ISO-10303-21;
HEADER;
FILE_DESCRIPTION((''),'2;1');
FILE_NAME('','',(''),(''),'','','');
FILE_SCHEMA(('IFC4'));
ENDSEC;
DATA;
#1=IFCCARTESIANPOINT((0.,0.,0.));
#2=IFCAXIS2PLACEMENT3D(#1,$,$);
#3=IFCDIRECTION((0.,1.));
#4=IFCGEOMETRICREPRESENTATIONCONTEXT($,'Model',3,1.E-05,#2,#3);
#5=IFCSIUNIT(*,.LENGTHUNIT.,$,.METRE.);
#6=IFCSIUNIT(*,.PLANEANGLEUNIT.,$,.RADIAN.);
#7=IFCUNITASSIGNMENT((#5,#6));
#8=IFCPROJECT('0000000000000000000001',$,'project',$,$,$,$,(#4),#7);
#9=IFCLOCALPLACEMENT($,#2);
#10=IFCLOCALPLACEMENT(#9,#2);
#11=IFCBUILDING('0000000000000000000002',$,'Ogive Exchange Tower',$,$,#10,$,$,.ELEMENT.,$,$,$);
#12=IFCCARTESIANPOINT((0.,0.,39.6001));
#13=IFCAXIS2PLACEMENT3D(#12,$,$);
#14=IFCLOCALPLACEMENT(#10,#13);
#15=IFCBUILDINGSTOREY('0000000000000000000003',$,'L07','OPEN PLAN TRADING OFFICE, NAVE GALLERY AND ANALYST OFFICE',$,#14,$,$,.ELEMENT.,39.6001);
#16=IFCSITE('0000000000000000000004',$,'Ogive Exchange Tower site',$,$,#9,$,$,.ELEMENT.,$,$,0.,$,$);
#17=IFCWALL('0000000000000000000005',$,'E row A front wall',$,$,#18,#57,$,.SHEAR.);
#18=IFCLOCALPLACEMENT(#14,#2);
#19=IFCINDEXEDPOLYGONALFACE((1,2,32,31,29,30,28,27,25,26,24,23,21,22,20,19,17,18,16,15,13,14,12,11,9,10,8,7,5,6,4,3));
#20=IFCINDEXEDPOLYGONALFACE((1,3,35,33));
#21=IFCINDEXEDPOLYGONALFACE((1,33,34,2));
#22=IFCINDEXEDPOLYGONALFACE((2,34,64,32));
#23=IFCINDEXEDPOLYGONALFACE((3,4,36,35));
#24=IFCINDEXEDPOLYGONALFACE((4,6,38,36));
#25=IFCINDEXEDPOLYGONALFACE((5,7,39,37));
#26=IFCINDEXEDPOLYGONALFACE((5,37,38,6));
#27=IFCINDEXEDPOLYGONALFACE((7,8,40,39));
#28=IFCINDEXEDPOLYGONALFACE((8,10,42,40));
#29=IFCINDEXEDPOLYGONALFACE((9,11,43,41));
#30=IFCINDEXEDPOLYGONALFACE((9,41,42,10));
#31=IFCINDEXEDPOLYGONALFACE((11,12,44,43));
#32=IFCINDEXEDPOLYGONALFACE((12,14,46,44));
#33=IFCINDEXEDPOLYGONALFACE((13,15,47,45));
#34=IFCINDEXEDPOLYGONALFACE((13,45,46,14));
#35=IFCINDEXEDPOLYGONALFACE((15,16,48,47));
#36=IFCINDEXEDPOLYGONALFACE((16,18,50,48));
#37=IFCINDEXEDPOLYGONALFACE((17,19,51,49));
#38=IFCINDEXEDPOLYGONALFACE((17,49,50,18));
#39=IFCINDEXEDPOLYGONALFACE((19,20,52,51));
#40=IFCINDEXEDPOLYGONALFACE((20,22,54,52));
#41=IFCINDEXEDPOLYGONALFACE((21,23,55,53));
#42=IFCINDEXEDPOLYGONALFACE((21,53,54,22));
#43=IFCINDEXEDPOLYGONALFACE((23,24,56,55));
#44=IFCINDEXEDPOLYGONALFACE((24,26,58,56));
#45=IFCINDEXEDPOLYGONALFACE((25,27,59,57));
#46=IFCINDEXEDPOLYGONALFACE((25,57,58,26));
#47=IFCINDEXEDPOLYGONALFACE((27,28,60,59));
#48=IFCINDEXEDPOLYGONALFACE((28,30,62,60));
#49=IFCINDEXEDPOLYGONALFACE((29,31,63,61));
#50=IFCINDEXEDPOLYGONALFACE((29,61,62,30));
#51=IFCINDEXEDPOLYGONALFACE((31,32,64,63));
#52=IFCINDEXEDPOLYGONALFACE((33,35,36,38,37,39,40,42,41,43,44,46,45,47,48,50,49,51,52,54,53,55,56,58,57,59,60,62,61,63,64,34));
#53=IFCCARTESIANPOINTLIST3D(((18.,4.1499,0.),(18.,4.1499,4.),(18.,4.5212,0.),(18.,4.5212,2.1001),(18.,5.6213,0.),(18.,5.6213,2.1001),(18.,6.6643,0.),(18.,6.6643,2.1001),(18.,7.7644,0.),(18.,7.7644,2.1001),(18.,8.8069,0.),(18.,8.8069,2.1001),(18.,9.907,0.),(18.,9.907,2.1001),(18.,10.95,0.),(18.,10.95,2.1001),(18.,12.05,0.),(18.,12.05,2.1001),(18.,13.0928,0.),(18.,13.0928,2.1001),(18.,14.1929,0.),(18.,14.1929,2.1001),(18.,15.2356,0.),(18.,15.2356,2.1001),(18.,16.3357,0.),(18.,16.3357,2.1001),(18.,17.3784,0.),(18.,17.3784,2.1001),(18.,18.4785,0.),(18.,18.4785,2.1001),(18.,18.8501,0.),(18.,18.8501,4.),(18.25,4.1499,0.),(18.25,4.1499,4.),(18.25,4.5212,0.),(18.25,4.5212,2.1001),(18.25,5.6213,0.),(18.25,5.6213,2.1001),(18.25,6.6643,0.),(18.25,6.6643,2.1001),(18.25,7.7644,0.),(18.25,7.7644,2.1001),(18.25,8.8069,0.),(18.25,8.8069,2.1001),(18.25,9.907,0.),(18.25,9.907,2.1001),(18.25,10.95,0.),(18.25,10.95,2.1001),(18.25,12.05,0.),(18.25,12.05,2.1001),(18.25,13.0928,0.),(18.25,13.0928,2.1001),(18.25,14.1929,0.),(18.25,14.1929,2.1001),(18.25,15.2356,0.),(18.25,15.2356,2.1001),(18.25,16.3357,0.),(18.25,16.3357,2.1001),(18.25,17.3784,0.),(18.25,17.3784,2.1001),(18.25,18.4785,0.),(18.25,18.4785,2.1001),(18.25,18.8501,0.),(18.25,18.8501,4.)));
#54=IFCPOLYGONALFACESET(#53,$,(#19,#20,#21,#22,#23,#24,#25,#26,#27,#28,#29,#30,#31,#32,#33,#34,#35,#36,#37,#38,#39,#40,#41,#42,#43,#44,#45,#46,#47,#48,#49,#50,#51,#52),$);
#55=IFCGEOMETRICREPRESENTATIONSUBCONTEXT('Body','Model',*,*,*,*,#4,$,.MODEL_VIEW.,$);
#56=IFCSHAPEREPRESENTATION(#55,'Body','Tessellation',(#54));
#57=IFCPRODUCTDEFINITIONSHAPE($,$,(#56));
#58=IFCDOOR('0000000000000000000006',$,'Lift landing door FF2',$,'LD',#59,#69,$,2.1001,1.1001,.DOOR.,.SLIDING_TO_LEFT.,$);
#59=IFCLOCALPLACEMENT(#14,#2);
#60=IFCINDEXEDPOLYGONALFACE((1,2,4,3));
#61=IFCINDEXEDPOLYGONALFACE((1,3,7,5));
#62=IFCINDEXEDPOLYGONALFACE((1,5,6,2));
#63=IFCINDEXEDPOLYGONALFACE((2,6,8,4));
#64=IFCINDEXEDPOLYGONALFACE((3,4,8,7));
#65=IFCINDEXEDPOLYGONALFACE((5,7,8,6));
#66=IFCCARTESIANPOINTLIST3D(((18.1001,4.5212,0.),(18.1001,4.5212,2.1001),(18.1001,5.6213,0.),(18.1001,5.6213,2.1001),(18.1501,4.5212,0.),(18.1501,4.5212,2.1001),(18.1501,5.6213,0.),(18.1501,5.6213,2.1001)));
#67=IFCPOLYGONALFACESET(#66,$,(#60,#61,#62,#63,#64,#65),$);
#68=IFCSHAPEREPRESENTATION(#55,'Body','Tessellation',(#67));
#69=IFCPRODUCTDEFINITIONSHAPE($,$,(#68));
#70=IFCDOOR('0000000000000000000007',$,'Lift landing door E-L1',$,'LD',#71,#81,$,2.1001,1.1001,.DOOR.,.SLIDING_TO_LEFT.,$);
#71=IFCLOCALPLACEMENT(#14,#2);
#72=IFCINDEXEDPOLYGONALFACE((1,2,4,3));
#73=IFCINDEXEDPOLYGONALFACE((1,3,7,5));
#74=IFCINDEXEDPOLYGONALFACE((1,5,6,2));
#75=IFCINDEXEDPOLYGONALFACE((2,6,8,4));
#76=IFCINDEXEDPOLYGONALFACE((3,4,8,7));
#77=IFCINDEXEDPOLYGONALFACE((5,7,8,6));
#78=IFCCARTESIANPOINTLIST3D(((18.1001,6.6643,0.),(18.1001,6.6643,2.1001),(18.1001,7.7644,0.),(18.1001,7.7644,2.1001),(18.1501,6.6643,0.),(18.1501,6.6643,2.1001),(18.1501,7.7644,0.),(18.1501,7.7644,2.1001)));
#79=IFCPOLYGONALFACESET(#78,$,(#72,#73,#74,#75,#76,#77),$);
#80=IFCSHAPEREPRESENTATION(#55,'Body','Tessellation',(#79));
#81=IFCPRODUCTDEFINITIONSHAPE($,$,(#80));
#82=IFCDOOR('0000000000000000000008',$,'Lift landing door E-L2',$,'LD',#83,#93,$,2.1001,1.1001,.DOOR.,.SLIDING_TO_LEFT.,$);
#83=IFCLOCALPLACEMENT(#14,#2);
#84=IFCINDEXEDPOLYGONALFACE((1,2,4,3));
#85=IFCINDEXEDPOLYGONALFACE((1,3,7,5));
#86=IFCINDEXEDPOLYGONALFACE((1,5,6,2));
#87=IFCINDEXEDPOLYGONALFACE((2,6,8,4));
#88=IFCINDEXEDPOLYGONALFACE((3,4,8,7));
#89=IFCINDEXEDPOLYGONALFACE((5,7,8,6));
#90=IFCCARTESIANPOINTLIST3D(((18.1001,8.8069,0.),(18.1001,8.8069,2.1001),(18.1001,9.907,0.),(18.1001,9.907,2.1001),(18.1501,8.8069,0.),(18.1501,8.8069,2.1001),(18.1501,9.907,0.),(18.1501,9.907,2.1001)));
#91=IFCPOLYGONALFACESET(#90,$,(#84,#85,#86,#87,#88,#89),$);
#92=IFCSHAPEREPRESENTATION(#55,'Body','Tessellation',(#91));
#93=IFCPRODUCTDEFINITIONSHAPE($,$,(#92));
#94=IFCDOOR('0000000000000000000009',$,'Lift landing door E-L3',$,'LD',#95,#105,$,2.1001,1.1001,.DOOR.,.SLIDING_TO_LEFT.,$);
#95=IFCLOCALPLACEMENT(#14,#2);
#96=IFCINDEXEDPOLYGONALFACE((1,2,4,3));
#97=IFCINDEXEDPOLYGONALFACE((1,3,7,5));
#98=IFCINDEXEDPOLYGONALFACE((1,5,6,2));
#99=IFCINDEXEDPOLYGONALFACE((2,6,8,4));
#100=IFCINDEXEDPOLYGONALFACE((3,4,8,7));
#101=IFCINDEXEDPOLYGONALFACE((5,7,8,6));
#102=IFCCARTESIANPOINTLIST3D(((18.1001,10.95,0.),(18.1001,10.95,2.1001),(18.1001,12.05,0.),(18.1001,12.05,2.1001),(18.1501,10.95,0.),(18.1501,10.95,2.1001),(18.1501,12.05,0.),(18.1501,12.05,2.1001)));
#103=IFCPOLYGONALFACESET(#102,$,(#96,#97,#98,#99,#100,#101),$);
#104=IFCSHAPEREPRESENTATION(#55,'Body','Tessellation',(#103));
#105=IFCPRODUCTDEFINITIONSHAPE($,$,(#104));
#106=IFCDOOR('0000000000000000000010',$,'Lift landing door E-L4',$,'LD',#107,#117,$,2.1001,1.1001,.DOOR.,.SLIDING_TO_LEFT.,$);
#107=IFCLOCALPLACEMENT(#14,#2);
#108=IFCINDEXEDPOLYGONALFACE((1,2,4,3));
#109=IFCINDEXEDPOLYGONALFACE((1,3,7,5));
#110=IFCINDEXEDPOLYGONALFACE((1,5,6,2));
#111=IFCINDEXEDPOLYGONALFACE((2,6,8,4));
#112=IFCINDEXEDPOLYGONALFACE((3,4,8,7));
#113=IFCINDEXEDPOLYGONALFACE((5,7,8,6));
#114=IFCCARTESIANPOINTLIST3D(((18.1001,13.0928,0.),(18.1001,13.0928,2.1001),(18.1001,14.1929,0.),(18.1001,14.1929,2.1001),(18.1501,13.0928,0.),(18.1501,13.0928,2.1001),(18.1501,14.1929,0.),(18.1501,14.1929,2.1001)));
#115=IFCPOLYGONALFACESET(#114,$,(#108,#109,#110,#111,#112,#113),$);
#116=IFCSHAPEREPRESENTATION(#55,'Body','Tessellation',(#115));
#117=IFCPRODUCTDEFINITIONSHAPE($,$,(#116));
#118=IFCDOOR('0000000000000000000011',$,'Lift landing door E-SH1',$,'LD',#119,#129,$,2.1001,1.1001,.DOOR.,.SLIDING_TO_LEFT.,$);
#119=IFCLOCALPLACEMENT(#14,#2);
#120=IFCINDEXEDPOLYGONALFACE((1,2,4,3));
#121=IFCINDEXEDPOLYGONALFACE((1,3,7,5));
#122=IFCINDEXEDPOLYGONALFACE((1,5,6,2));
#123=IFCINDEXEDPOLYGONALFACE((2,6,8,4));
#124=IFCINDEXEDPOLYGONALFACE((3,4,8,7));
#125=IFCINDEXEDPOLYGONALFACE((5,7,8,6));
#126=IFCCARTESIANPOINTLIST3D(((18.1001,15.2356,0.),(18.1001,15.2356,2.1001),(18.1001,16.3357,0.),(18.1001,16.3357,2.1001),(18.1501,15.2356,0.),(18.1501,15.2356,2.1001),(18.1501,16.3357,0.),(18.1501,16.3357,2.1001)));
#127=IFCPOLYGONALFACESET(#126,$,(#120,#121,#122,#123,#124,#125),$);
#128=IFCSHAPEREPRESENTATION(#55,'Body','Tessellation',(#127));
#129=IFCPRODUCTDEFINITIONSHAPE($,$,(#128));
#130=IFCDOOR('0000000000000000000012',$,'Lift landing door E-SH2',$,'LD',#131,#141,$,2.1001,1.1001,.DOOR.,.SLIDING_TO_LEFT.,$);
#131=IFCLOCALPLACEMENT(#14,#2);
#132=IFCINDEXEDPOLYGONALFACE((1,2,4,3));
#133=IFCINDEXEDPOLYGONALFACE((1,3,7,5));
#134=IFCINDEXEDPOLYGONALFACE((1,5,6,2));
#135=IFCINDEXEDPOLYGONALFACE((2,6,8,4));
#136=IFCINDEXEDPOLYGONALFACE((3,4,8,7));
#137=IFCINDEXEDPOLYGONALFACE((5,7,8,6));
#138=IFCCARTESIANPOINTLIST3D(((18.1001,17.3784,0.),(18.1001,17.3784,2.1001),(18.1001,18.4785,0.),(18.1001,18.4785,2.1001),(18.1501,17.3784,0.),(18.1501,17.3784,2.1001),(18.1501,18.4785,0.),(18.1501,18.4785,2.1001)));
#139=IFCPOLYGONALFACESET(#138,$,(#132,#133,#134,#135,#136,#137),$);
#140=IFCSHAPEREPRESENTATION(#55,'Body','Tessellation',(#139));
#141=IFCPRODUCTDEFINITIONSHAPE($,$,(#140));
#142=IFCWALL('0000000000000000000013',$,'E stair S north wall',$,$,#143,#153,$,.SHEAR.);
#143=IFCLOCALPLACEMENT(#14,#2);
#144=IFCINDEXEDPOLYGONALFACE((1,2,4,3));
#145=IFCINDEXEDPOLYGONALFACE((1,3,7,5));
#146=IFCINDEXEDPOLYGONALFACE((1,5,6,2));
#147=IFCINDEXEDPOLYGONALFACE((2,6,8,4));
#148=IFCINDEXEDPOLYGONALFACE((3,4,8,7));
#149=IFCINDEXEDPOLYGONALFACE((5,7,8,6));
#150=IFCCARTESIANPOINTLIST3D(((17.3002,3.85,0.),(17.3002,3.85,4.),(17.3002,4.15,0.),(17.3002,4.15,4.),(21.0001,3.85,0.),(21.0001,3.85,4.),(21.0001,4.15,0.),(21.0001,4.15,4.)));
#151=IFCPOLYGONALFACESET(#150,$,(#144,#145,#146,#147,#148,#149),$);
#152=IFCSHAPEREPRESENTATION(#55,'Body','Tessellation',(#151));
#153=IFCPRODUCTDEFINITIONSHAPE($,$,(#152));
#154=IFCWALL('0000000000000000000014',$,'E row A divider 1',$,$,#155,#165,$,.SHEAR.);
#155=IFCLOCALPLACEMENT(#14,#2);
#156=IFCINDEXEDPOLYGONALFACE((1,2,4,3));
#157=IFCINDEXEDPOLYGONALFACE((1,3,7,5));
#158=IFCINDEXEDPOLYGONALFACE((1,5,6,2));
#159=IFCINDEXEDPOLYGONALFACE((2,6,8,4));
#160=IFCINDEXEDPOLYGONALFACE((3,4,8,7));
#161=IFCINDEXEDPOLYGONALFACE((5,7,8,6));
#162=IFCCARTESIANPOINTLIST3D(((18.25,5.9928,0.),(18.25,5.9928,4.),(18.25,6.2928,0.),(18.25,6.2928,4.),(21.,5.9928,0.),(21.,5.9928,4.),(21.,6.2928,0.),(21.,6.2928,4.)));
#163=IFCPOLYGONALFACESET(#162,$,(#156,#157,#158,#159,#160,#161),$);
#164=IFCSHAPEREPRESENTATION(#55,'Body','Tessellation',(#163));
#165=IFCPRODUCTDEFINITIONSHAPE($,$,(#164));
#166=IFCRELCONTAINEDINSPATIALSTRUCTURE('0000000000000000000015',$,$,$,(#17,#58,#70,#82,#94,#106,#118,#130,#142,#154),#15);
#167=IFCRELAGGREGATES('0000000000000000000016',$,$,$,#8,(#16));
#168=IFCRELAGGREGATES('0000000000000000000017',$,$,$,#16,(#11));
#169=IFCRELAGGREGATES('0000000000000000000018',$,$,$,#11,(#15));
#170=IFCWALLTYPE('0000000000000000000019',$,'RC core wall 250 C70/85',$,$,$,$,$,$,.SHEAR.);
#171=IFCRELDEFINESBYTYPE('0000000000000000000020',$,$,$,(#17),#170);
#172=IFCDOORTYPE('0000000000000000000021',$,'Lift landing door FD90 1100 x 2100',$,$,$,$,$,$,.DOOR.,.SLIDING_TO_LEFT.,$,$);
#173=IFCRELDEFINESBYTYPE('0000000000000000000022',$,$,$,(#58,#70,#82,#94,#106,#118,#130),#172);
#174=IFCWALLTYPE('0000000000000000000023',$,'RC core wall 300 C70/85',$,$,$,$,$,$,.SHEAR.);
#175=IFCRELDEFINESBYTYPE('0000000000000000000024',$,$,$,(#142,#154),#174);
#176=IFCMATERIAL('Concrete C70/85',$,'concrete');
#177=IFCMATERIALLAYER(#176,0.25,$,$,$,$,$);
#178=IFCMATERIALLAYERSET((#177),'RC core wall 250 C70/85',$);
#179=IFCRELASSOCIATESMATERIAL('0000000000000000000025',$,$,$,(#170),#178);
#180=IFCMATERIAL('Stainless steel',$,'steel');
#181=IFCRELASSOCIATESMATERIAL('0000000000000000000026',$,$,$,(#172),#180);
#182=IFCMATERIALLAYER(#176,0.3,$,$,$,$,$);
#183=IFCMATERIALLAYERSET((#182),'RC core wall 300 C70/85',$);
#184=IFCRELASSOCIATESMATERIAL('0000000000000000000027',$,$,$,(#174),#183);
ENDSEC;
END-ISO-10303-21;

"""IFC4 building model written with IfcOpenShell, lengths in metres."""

from ifc_helpers import new_model, si_unit, direction, frame, frame_2d, origin, place, context, subcontext, project, spatial, rectangle, extrude, material, layer, layer_set, type_object, element, fill, save


model = new_model("IFC4")

# Units and contexts
model_context = context("Model", 3, precision=1e-05, world=origin(), true_north=direction((0.0, 1.0)))
body_context = subcontext(model_context, "Body", "Model", "MODEL_VIEW")
ifc_project = project(units=[si_unit("LENGTHUNIT", "METRE"), si_unit("PLANEANGLEUNIT", "RADIAN")], contexts=[model_context])

# Site, building, storey
site_placement = place(None, origin())
site = spatial("IfcSite", under=ifc_project, at=site_placement, Name="Ogive Exchange Tower site", CompositionType="ELEMENT", RefElevation=0.0)
building_placement = place(site_placement, origin())
building = spatial("IfcBuilding", under=site, at=building_placement, Name="Ogive Exchange Tower", CompositionType="ELEMENT")
storey_placement = place(building_placement, frame((0.0, 0.0, 39.6001)))
storey = spatial("IfcBuildingStorey", under=building, at=storey_placement, Name="L07", Description="OPEN PLAN TRADING OFFICE, NAVE GALLERY AND ANALYST OFFICE", CompositionType="ELEMENT", Elevation=39.6001)

# Shared definitions
ifc_material_1 = material(Name="Concrete C70/85", Category="concrete")

# Wall, openings, doors
ifc_layer_1 = layer(ifc_material_1, 0.25)
ifc_layer_set_1 = layer_set([ifc_layer_1], Name="RC core wall 250 C70/85")
wall_type_1 = type_object("IfcWallType", Name="RC core wall 250 C70/85", PredefinedType="SHEAR", material=ifc_layer_set_1)
wall_1_placement = place(storey_placement, frame((18.125, 4.1499, 0.0), z_axis=(0.0, 0.0, 1.0), x_axis=(0.0, 1.0, 0.0)))
wall_1 = element("IfcWall", 1, at=wall_1_placement, inside=storey, type_object=wall_type_1, Name="E row A front wall", PredefinedType="SHEAR", context=body_context, shape_type="SweptSolid", body=[
    extrude(rectangle(XDim=14.7002, YDim=0.25, at=frame_2d((7.3501, 0.0))), origin(), (0.0, 0.0, 1.0), 4.0),
])
opening_1_placement = place(wall_1_placement, frame((0.3713, 0.0, 0.0)))
opening_1 = element("IfcOpeningElement", 2, at=opening_1_placement, cuts=wall_1, PredefinedType="OPENING", context=body_context, shape_type="SweptSolid", body=[
    extrude(rectangle(XDim=1.1001, YDim=2.1001, at=frame_2d((0.55, 1.05))), frame((0.0, 0.135, 0.0), z_axis=(0.0, -1.0, 0.0), x_axis=(1.0, 0.0, 0.0)), (0.0, 0.0, 1.0), 0.27),
])
opening_2_placement = place(wall_1_placement, frame((2.5144, 0.0, 0.0)))
opening_2 = element("IfcOpeningElement", 3, at=opening_2_placement, cuts=wall_1, PredefinedType="OPENING", context=body_context, shape_type="SweptSolid", body=[
    extrude(rectangle(XDim=1.1001, YDim=2.1001, at=frame_2d((0.55, 1.05))), frame((0.0, 0.135, 0.0), z_axis=(0.0, -1.0, 0.0), x_axis=(1.0, 0.0, 0.0)), (0.0, 0.0, 1.0), 0.27),
])
opening_3_placement = place(wall_1_placement, frame((4.657, 0.0, 0.0)))
opening_3 = element("IfcOpeningElement", 4, at=opening_3_placement, cuts=wall_1, PredefinedType="OPENING", context=body_context, shape_type="SweptSolid", body=[
    extrude(rectangle(XDim=1.1001, YDim=2.1001, at=frame_2d((0.55, 1.05))), frame((0.0, 0.135, 0.0), z_axis=(0.0, -1.0, 0.0), x_axis=(1.0, 0.0, 0.0)), (0.0, 0.0, 1.0), 0.27),
])
opening_4_placement = place(wall_1_placement, frame((6.8, 0.0, 0.0)))
opening_4 = element("IfcOpeningElement", 5, at=opening_4_placement, cuts=wall_1, PredefinedType="OPENING", context=body_context, shape_type="SweptSolid", body=[
    extrude(rectangle(XDim=1.1001, YDim=2.1001, at=frame_2d((0.55, 1.05))), frame((0.0, 0.135, 0.0), z_axis=(0.0, -1.0, 0.0), x_axis=(1.0, 0.0, 0.0)), (0.0, 0.0, 1.0), 0.27),
])
opening_5_placement = place(wall_1_placement, frame((8.9429, 0.0, 0.0)))
opening_5 = element("IfcOpeningElement", 6, at=opening_5_placement, cuts=wall_1, PredefinedType="OPENING", context=body_context, shape_type="SweptSolid", body=[
    extrude(rectangle(XDim=1.1001, YDim=2.1001, at=frame_2d((0.55, 1.05))), frame((0.0, 0.135, 0.0), z_axis=(0.0, -1.0, 0.0), x_axis=(1.0, 0.0, 0.0)), (0.0, 0.0, 1.0), 0.27),
])
opening_6_placement = place(wall_1_placement, frame((11.0857, 0.0, 0.0)))
opening_6 = element("IfcOpeningElement", 7, at=opening_6_placement, cuts=wall_1, PredefinedType="OPENING", context=body_context, shape_type="SweptSolid", body=[
    extrude(rectangle(XDim=1.1001, YDim=2.1001, at=frame_2d((0.55, 1.05))), frame((0.0, 0.135, 0.0), z_axis=(0.0, -1.0, 0.0), x_axis=(1.0, 0.0, 0.0)), (0.0, 0.0, 1.0), 0.27),
])
opening_7_placement = place(wall_1_placement, frame((13.2285, 0.0, 0.0)))
opening_7 = element("IfcOpeningElement", 8, at=opening_7_placement, cuts=wall_1, PredefinedType="OPENING", context=body_context, shape_type="SweptSolid", body=[
    extrude(rectangle(XDim=1.1001, YDim=2.1001, at=frame_2d((0.55, 1.05))), frame((0.0, 0.135, 0.0), z_axis=(0.0, -1.0, 0.0), x_axis=(1.0, 0.0, 0.0)), (0.0, 0.0, 1.0), 0.27),
])
ifc_material_2 = material(Name="Stainless steel", Category="steel")
door_type_1 = type_object("IfcDoorType", Name="Lift landing door FD90 1100 x 2100", OperationType="SLIDING_TO_LEFT", PredefinedType="DOOR", material=ifc_material_2)
door_1_placement = place(opening_1_placement, origin())
door_1 = element("IfcDoor", 9, at=door_1_placement, inside=storey, type_object=door_type_1, Name="Lift landing door FF2", ObjectType="LD", OperationType="SLIDING_TO_LEFT", OverallHeight=2.1001, OverallWidth=1.1001, PredefinedType="DOOR", context=body_context, shape_type="SweptSolid", body=[
    extrude(rectangle(XDim=1.1001, YDim=2.1001, at=frame_2d((0.55, 1.05))), frame((0.0, 0.0249, 0.0), z_axis=(0.0, -1.0, 0.0), x_axis=(1.0, 0.0, 0.0)), (0.0, 0.0, 1.0), 0.05),
])
fill(opening_1, door_1)
door_2_placement = place(opening_2_placement, origin())
door_2 = element("IfcDoor", 10, at=door_2_placement, inside=storey, type_object=door_type_1, Name="Lift landing door E-L1", ObjectType="LD", OperationType="SLIDING_TO_LEFT", OverallHeight=2.1001, OverallWidth=1.1001, PredefinedType="DOOR", context=body_context, shape_type="SweptSolid", body=[
    extrude(rectangle(XDim=1.1001, YDim=2.1001, at=frame_2d((0.55, 1.05))), frame((0.0, 0.0249, 0.0), z_axis=(0.0, -1.0, 0.0), x_axis=(1.0, 0.0, 0.0)), (0.0, 0.0, 1.0), 0.05),
])
fill(opening_2, door_2)
door_3_placement = place(opening_3_placement, origin())
door_3 = element("IfcDoor", 11, at=door_3_placement, inside=storey, type_object=door_type_1, Name="Lift landing door E-L2", ObjectType="LD", OperationType="SLIDING_TO_LEFT", OverallHeight=2.1001, OverallWidth=1.1001, PredefinedType="DOOR", context=body_context, shape_type="SweptSolid", body=[
    extrude(rectangle(XDim=1.1001, YDim=2.1001, at=frame_2d((0.55, 1.05))), frame((0.0, 0.0249, 0.0), z_axis=(0.0, -1.0, 0.0), x_axis=(1.0, 0.0, 0.0)), (0.0, 0.0, 1.0), 0.05),
])
fill(opening_3, door_3)
door_4_placement = place(opening_4_placement, origin())
door_4 = element("IfcDoor", 12, at=door_4_placement, inside=storey, type_object=door_type_1, Name="Lift landing door E-L3", ObjectType="LD", OperationType="SLIDING_TO_LEFT", OverallHeight=2.1001, OverallWidth=1.1001, PredefinedType="DOOR", context=body_context, shape_type="SweptSolid", body=[
    extrude(rectangle(XDim=1.1001, YDim=2.1001, at=frame_2d((0.55, 1.05))), frame((0.0, 0.0249, 0.0), z_axis=(0.0, -1.0, 0.0), x_axis=(1.0, 0.0, 0.0)), (0.0, 0.0, 1.0), 0.05),
])
fill(opening_4, door_4)
door_5_placement = place(opening_5_placement, origin())
door_5 = element("IfcDoor", 13, at=door_5_placement, inside=storey, type_object=door_type_1, Name="Lift landing door E-L4", ObjectType="LD", OperationType="SLIDING_TO_LEFT", OverallHeight=2.1001, OverallWidth=1.1001, PredefinedType="DOOR", context=body_context, shape_type="SweptSolid", body=[
    extrude(rectangle(XDim=1.1001, YDim=2.1001, at=frame_2d((0.55, 1.05))), frame((0.0, 0.0249, 0.0), z_axis=(0.0, -1.0, 0.0), x_axis=(1.0, 0.0, 0.0)), (0.0, 0.0, 1.0), 0.05),
])
fill(opening_5, door_5)
door_6_placement = place(opening_6_placement, origin())
door_6 = element("IfcDoor", 14, at=door_6_placement, inside=storey, type_object=door_type_1, Name="Lift landing door E-SH1", ObjectType="LD", OperationType="SLIDING_TO_LEFT", OverallHeight=2.1001, OverallWidth=1.1001, PredefinedType="DOOR", context=body_context, shape_type="SweptSolid", body=[
    extrude(rectangle(XDim=1.1001, YDim=2.1001, at=frame_2d((0.55, 1.05))), frame((0.0, 0.0249, 0.0), z_axis=(0.0, -1.0, 0.0), x_axis=(1.0, 0.0, 0.0)), (0.0, 0.0, 1.0), 0.05),
])
fill(opening_6, door_6)
door_7_placement = place(opening_7_placement, origin())
door_7 = element("IfcDoor", 15, at=door_7_placement, inside=storey, type_object=door_type_1, Name="Lift landing door E-SH2", ObjectType="LD", OperationType="SLIDING_TO_LEFT", OverallHeight=2.1001, OverallWidth=1.1001, PredefinedType="DOOR", context=body_context, shape_type="SweptSolid", body=[
    extrude(rectangle(XDim=1.1001, YDim=2.1001, at=frame_2d((0.55, 1.05))), frame((0.0, 0.0249, 0.0), z_axis=(0.0, -1.0, 0.0), x_axis=(1.0, 0.0, 0.0)), (0.0, 0.0, 1.0), 0.05),
])
fill(opening_7, door_7)

# Walls
ifc_layer_2 = layer(ifc_material_1, 0.3)
ifc_layer_set_2 = layer_set([ifc_layer_2], Name="RC core wall 300 C70/85")
wall_type_2 = type_object("IfcWallType", Name="RC core wall 300 C70/85", PredefinedType="SHEAR", material=ifc_layer_set_2)
wall_2_placement = place(storey_placement, frame((17.3, 4.0, 0.0), z_axis=(0.0, 0.0, 1.0), x_axis=(1.0, 0.0, 0.0)))
element("IfcWall", 16, at=wall_2_placement, inside=storey, type_object=wall_type_2, Name="E stair S north wall", PredefinedType="SHEAR", context=body_context, shape_type="SweptSolid", body=[
    extrude(rectangle(XDim=3.7, YDim=0.3, at=frame_2d((1.8501, 0.0))), origin(), (0.0, 0.0, 1.0), 4.0),
])
wall_3_placement = place(storey_placement, frame((18.25, 6.1428, 0.0), z_axis=(0.0, 0.0, 1.0), x_axis=(1.0, 0.0, 0.0)))
element("IfcWall", 17, at=wall_3_placement, inside=storey, type_object=wall_type_2, Name="E row A divider 1", PredefinedType="SHEAR", context=body_context, shape_type="SweptSolid", body=[
    extrude(rectangle(XDim=2.75, YDim=0.3, at=frame_2d((1.375, 0.0))), origin(), (0.0, 0.0, 1.0), 4.0),
])

save(model, "model.ifc")
